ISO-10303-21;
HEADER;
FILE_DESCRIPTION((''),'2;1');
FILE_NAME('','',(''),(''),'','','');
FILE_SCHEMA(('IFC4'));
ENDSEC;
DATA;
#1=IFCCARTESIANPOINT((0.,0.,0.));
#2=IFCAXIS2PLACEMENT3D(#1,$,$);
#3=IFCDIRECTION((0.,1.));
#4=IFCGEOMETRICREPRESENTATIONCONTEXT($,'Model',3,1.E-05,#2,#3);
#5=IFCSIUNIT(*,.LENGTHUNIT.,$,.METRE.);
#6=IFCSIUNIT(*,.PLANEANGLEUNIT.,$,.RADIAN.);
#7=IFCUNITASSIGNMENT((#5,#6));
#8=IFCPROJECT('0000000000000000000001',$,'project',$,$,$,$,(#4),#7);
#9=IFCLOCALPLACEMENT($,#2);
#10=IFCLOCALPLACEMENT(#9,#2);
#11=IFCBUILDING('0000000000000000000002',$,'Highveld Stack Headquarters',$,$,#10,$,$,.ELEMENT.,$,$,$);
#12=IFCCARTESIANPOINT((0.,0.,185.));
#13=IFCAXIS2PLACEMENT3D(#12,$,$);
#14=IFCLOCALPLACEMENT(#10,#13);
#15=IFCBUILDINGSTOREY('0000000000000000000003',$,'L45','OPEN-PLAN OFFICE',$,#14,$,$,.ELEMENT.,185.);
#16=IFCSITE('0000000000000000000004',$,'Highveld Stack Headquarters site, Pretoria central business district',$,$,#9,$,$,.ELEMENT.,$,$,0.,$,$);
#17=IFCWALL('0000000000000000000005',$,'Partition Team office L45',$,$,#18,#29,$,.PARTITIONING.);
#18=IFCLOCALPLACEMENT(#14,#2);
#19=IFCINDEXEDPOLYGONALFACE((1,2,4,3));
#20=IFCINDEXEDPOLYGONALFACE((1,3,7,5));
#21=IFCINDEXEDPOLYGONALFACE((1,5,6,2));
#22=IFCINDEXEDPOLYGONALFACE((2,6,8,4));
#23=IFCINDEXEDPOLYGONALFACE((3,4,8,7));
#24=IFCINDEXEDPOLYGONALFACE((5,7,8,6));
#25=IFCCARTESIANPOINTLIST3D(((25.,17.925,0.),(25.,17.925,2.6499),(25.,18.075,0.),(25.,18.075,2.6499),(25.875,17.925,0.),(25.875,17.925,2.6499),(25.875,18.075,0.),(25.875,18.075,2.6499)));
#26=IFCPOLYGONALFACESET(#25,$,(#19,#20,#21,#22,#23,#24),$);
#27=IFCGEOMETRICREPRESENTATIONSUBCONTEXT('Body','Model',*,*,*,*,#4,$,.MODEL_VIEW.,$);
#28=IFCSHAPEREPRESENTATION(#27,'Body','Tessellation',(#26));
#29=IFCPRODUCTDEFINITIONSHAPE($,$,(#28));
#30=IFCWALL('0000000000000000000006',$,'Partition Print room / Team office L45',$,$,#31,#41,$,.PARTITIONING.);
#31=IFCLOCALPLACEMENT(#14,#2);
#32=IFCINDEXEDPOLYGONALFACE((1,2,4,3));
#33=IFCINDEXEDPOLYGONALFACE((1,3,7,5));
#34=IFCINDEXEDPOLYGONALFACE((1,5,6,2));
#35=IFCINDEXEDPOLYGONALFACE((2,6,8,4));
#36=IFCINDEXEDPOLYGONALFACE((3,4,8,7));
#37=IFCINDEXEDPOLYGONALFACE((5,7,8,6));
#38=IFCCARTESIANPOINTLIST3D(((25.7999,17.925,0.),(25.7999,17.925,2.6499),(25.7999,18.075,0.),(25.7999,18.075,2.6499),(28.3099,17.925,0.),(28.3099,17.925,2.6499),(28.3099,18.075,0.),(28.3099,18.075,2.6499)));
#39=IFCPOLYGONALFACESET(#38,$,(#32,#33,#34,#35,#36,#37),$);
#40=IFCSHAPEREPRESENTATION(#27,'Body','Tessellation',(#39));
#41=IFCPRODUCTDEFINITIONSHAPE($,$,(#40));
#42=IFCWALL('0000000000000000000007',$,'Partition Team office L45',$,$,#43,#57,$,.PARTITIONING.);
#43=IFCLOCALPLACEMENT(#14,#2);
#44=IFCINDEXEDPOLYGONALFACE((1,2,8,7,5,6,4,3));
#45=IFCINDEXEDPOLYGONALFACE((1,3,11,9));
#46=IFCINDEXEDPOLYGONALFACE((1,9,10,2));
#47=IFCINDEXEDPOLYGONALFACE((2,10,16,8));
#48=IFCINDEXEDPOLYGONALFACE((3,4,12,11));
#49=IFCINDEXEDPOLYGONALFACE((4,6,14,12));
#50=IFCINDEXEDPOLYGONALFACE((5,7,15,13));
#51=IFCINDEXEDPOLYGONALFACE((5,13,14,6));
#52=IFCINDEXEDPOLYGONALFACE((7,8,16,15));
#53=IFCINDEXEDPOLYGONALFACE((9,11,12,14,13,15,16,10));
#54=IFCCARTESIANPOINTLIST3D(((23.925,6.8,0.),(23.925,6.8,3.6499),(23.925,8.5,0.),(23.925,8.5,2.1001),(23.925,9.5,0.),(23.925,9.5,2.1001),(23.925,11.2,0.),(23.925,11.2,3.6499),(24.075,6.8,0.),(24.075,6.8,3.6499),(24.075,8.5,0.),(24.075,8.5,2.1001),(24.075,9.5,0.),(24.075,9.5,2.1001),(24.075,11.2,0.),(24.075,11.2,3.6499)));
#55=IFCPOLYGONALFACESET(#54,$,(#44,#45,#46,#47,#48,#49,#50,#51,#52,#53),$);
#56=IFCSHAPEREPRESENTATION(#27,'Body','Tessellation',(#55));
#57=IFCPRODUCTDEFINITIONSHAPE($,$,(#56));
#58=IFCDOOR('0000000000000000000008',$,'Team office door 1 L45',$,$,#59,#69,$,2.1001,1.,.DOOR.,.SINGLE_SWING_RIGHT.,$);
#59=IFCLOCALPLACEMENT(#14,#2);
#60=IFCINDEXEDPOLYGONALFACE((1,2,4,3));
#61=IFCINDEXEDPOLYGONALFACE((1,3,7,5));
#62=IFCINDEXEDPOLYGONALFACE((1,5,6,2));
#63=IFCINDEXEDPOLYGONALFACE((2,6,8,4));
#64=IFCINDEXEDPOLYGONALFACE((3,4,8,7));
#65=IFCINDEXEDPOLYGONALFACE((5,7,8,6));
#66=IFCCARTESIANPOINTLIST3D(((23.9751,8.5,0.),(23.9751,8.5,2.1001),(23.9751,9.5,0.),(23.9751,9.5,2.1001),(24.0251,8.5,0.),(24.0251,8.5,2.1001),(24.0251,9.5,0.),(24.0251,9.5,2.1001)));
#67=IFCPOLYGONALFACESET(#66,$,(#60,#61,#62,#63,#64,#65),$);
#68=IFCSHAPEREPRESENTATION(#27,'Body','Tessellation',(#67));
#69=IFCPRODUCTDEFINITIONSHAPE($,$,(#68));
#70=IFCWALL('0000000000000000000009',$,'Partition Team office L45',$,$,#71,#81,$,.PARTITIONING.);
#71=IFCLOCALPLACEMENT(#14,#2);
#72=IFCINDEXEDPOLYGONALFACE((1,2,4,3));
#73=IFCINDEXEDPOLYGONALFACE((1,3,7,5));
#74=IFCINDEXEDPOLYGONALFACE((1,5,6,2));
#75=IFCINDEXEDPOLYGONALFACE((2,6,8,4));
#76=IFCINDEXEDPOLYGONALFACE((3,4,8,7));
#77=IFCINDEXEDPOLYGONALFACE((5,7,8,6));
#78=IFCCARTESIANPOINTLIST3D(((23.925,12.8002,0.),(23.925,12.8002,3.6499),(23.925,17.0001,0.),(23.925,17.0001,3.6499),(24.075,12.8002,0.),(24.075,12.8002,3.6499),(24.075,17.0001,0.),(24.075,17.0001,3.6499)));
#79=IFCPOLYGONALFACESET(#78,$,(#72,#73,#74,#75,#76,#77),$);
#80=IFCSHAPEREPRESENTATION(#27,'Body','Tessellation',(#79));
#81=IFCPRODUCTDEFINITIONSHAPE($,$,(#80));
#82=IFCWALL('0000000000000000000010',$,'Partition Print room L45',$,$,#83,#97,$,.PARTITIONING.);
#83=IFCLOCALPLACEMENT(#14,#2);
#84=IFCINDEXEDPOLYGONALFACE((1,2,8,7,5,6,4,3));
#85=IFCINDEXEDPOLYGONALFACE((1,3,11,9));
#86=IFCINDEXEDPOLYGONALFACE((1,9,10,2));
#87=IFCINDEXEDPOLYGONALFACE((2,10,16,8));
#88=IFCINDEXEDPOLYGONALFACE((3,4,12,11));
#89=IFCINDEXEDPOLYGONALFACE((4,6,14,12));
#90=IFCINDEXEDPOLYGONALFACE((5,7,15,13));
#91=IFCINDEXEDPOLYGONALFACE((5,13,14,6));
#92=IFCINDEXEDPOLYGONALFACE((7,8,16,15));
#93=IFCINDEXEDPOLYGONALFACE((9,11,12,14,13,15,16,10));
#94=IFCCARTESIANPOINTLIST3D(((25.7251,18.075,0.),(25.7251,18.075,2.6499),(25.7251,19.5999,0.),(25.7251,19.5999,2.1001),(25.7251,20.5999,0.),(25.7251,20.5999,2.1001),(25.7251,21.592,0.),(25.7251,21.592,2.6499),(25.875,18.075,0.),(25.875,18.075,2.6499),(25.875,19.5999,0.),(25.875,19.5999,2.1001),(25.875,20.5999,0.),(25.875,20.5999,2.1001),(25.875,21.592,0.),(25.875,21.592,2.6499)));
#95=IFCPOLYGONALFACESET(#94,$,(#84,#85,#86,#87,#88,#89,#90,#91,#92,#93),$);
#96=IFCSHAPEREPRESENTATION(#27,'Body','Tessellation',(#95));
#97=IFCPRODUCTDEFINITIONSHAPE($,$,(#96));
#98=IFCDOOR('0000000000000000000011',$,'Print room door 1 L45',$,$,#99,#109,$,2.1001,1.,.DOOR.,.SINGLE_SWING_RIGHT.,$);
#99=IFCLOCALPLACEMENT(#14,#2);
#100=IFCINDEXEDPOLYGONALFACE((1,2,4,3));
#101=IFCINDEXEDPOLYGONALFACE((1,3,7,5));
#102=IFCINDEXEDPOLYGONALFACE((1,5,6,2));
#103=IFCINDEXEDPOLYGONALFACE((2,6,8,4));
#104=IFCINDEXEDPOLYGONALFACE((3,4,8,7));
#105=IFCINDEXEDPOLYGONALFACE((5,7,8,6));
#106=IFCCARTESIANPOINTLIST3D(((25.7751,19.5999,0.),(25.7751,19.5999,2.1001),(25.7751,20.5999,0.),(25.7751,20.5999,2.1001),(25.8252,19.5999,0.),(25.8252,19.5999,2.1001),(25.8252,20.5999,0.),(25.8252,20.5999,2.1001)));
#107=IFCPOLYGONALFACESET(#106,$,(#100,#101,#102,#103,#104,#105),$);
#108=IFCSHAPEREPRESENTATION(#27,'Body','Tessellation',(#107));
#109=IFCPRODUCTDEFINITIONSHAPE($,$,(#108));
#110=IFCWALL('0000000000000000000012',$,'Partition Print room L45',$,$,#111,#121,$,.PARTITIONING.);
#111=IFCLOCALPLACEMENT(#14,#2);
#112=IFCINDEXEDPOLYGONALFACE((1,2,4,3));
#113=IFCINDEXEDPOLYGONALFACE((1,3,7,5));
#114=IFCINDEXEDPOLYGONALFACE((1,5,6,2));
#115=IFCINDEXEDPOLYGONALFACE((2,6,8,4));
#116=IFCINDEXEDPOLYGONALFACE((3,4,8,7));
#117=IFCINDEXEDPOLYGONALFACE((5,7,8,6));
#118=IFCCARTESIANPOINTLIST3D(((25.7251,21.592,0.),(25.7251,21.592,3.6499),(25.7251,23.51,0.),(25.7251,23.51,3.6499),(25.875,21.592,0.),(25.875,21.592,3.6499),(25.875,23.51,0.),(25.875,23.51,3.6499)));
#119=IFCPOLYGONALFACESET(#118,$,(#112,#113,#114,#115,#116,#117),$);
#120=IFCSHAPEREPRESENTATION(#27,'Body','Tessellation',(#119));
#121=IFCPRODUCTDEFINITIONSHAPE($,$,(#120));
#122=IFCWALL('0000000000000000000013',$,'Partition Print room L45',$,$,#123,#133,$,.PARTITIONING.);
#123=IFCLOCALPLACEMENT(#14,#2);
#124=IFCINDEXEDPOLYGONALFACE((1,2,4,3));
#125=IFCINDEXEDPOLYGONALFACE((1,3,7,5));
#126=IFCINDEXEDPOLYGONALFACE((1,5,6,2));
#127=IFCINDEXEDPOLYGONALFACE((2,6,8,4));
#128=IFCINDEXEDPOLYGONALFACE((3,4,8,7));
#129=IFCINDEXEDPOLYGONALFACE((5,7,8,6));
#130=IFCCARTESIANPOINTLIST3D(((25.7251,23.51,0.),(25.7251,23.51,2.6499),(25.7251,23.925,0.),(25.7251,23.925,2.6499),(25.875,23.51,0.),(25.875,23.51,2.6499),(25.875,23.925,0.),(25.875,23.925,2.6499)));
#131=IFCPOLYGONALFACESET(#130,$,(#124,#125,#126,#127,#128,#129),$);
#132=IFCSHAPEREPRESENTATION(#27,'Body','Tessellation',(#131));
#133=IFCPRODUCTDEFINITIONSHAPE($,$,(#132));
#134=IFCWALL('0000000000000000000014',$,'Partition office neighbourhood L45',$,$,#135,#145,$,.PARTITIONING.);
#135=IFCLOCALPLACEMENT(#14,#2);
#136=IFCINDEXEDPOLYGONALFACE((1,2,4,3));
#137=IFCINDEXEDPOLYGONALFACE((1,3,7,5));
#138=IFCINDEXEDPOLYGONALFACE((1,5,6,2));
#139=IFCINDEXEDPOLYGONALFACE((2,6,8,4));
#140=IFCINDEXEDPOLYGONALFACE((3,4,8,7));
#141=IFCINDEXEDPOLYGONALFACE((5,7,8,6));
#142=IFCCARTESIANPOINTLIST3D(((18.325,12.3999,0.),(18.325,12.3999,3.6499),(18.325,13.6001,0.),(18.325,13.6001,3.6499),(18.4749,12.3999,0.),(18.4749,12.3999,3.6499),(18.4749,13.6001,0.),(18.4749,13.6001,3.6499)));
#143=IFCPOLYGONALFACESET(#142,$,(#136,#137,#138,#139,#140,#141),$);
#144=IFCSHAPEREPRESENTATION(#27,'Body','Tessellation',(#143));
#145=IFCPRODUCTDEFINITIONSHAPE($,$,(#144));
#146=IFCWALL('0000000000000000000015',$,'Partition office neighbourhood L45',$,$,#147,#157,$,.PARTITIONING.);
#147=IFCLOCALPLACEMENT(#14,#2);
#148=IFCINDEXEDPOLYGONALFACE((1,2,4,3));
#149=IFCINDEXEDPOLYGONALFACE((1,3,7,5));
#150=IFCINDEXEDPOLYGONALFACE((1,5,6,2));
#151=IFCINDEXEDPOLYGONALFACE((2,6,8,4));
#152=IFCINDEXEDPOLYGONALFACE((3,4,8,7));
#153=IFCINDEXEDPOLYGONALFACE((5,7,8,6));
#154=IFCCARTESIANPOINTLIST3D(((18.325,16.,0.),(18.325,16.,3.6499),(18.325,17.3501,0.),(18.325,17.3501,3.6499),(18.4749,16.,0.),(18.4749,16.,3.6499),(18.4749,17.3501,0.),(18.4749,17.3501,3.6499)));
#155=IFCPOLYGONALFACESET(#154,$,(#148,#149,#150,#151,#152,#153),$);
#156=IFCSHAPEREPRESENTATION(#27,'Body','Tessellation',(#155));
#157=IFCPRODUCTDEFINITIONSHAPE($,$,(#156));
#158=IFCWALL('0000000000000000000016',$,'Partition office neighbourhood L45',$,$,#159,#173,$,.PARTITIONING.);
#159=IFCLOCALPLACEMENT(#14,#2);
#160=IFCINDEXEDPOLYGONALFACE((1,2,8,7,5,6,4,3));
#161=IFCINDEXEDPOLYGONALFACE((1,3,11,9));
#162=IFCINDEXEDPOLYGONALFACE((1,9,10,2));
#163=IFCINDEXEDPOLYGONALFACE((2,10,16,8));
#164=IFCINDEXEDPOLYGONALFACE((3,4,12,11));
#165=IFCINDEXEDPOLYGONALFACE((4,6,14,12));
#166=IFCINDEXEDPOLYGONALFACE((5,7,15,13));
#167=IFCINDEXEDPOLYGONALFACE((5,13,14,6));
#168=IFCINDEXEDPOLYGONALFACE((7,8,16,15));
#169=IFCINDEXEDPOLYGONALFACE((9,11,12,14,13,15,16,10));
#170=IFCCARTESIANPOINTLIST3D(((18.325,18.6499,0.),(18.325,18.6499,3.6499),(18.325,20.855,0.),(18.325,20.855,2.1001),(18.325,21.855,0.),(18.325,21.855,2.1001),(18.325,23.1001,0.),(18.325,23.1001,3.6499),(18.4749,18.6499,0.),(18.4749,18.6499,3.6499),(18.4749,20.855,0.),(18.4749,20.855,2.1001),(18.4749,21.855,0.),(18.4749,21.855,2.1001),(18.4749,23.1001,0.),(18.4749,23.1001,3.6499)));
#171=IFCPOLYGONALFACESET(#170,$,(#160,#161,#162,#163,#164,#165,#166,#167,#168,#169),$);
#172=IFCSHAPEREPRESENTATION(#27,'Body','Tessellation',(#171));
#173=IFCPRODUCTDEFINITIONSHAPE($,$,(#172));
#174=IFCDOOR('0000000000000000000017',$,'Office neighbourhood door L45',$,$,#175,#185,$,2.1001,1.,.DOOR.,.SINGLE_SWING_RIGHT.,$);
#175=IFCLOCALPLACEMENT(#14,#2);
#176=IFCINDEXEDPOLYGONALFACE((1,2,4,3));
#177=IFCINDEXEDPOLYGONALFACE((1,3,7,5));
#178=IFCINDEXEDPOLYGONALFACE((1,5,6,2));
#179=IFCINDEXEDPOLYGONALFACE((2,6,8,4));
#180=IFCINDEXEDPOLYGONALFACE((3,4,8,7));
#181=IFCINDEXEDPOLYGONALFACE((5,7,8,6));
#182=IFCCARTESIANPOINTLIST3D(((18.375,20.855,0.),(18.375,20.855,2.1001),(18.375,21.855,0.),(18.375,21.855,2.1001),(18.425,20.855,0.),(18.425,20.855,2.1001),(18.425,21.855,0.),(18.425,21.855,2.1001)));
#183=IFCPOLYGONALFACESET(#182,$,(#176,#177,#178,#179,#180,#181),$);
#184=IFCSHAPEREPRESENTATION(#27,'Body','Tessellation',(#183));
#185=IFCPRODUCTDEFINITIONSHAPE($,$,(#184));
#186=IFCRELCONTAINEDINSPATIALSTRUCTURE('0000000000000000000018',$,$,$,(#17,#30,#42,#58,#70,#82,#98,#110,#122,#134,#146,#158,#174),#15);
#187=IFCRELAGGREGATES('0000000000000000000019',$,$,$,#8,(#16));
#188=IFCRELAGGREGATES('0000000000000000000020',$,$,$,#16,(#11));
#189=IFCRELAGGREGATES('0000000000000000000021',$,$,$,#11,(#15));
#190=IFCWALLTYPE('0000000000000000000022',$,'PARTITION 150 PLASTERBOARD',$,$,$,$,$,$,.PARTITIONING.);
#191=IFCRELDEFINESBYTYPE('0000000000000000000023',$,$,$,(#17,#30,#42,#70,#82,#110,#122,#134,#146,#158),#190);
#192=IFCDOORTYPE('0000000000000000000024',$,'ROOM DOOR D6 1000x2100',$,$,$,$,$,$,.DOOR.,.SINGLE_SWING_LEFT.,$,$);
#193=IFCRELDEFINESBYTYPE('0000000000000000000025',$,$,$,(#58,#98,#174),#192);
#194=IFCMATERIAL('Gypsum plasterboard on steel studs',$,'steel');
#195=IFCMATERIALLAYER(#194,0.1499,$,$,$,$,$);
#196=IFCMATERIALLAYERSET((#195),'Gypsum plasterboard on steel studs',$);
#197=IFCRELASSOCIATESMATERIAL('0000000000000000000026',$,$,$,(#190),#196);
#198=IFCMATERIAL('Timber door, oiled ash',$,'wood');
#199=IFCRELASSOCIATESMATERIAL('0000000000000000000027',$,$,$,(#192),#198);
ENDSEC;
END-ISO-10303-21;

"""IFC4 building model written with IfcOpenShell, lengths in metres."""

from ifc_helpers import new_model, si_unit, direction, frame, frame_2d, origin, place, context, subcontext, project, spatial, rectangle, extrude, material, layer, layer_set, type_object, element, fill, save


model = new_model("IFC4")

# Units and contexts
model_context = context("Model", 3, precision=1e-05, world=origin(), true_north=direction((0.0, 1.0)))
body_context = subcontext(model_context, "Body", "Model", "MODEL_VIEW")
ifc_project = project(units=[si_unit("LENGTHUNIT", "METRE"), si_unit("PLANEANGLEUNIT", "RADIAN")], contexts=[model_context])

# Site, building, storey
site_placement = place(None, origin())
site = spatial("IfcSite", under=ifc_project, at=site_placement, Name="Highveld Stack Headquarters site, Pretoria central business district", CompositionType="ELEMENT", RefElevation=0.0)
building_placement = place(site_placement, origin())
building = spatial("IfcBuilding", under=site, at=building_placement, Name="Highveld Stack Headquarters", CompositionType="ELEMENT")
storey_placement = place(building_placement, frame((0.0, 0.0, 185.0)))
storey = spatial("IfcBuildingStorey", under=building, at=storey_placement, Name="L45", Description="OPEN-PLAN OFFICE", CompositionType="ELEMENT", Elevation=185.0)

# Walls
ifc_material_1 = material(Name="Gypsum plasterboard on steel studs", Category="steel")
ifc_layer_1 = layer(ifc_material_1, 0.1499)
ifc_layer_set_1 = layer_set([ifc_layer_1], Name="Gypsum plasterboard on steel studs")
wall_type_1 = type_object("IfcWallType", Name="PARTITION 150 PLASTERBOARD", PredefinedType="PARTITIONING", material=ifc_layer_set_1)
wall_1_placement = place(storey_placement, frame((25.0, 18.0, 0.0), z_axis=(0.0, 0.0, 1.0), x_axis=(1.0, 0.0, 0.0)))
element("IfcWall", 1, at=wall_1_placement, inside=storey, type_object=wall_type_1, Name="Partition Team office L45", PredefinedType="PARTITIONING", context=body_context, shape_type="SweptSolid", body=[
    extrude(rectangle(XDim=0.875, YDim=0.1499, at=frame_2d((0.4375, 0.0))), origin(), (0.0, 0.0, 1.0), 2.6499),
])
wall_2_placement = place(storey_placement, frame((25.8, 18.0, 0.0), z_axis=(0.0, 0.0, 1.0), x_axis=(1.0, 0.0, 0.0)))
element("IfcWall", 2, at=wall_2_placement, inside=storey, type_object=wall_type_1, Name="Partition Print room / Team office L45", PredefinedType="PARTITIONING", context=body_context, shape_type="SweptSolid", body=[
    extrude(rectangle(XDim=2.51, YDim=0.1499, at=frame_2d((1.2549, 0.0))), origin(), (0.0, 0.0, 1.0), 2.6499),
])

# Wall, opening, door
wall_3_placement = place(storey_placement, frame((24.0, 6.8, 0.0), z_axis=(0.0, 0.0, 1.0), x_axis=(0.0, 1.0, 0.0)))
wall_3 = element("IfcWall", 3, at=wall_3_placement, inside=storey, type_object=wall_type_1, Name="Partition Team office L45", PredefinedType="PARTITIONING", context=body_context, shape_type="SweptSolid", body=[
    extrude(rectangle(XDim=4.3999, YDim=0.1499, at=frame_2d((2.2, 0.0))), origin(), (0.0, 0.0, 1.0), 3.6499),
])
opening_1_placement = place(wall_3_placement, frame((1.7, 0.0, 0.0)))
opening_1 = element("IfcOpeningElement", 4, at=opening_1_placement, cuts=wall_3, PredefinedType="OPENING", context=body_context, shape_type="SweptSolid", body=[
    extrude(rectangle(XDim=1.0, YDim=2.1001, at=frame_2d((0.5, 1.05))), frame((0.0, 0.085, 0.0), z_axis=(0.0, -1.0, 0.0), x_axis=(1.0, 0.0, 0.0)), (0.0, 0.0, 1.0), 0.1699),
])
ifc_material_2 = material(Name="Timber door, oiled ash", Category="wood")
door_type = type_object("IfcDoorType", Name="ROOM DOOR D6 1000x2100", OperationType="SINGLE_SWING_LEFT", PredefinedType="DOOR", material=ifc_material_2)
door_1_placement = place(opening_1_placement, origin())
door_1 = element("IfcDoor", 5, at=door_1_placement, inside=storey, type_object=door_type, Name="Team office door 1 L45", OperationType="SINGLE_SWING_RIGHT", OverallHeight=2.1001, OverallWidth=1.0, PredefinedType="DOOR", context=body_context, shape_type="SweptSolid", body=[
    extrude(rectangle(XDim=1.0, YDim=2.1001, at=frame_2d((0.5, 1.05))), frame((0.0, 0.0249, 0.0), z_axis=(0.0, -1.0, 0.0), x_axis=(1.0, 0.0, 0.0)), (0.0, 0.0, 1.0), 0.05),
])
fill(opening_1, door_1)

# Wall
wall_4_placement = place(storey_placement, frame((24.0, 12.8, 0.0), z_axis=(0.0, 0.0, 1.0), x_axis=(0.0, 1.0, 0.0)))
element("IfcWall", 6, at=wall_4_placement, inside=storey, type_object=wall_type_1, Name="Partition Team office L45", PredefinedType="PARTITIONING", context=body_context, shape_type="SweptSolid", body=[
    extrude(rectangle(XDim=4.2, YDim=0.1499, at=frame_2d((2.1001, 0.0))), origin(), (0.0, 0.0, 1.0), 3.6499),
])

# Wall, opening, door
wall_5_placement = place(storey_placement, frame((25.8, 18.075, 0.0), z_axis=(0.0, 0.0, 1.0), x_axis=(0.0, 1.0, 0.0)))
wall_5 = element("IfcWall", 7, at=wall_5_placement, inside=storey, type_object=wall_type_1, Name="Partition Print room L45", PredefinedType="PARTITIONING", context=body_context, shape_type="SweptSolid", body=[
    extrude(rectangle(XDim=3.5171, YDim=0.1499, at=frame_2d((1.7585, 0.0))), origin(), (0.0, 0.0, 1.0), 2.6499),
])
opening_2_placement = place(wall_5_placement, frame((1.5249, 0.0, 0.0)))
opening_2 = element("IfcOpeningElement", 8, at=opening_2_placement, cuts=wall_5, PredefinedType="OPENING", context=body_context, shape_type="SweptSolid", body=[
    extrude(rectangle(XDim=1.0, YDim=2.1001, at=frame_2d((0.5, 1.05))), frame((0.0, 0.085, 0.0), z_axis=(0.0, -1.0, 0.0), x_axis=(1.0, 0.0, 0.0)), (0.0, 0.0, 1.0), 0.1699),
])
door_2_placement = place(opening_2_placement, origin())
door_2 = element("IfcDoor", 9, at=door_2_placement, inside=storey, type_object=door_type, Name="Print room door 1 L45", OperationType="SINGLE_SWING_RIGHT", OverallHeight=2.1001, OverallWidth=1.0, PredefinedType="DOOR", context=body_context, shape_type="SweptSolid", body=[
    extrude(rectangle(XDim=1.0, YDim=2.1001, at=frame_2d((0.5, 1.05))), frame((0.0, 0.0249, 0.0), z_axis=(0.0, -1.0, 0.0), x_axis=(1.0, 0.0, 0.0)), (0.0, 0.0, 1.0), 0.05),
])
fill(opening_2, door_2)

# Walls
wall_6_placement = place(storey_placement, frame((25.8, 21.592, 0.0), z_axis=(0.0, 0.0, 1.0), x_axis=(0.0, 1.0, 0.0)))
element("IfcWall", 10, at=wall_6_placement, inside=storey, type_object=wall_type_1, Name="Partition Print room L45", PredefinedType="PARTITIONING", context=body_context, shape_type="SweptSolid", body=[
    extrude(rectangle(XDim=1.918, YDim=0.1499, at=frame_2d((0.959, 0.0))), origin(), (0.0, 0.0, 1.0), 3.6499),
])
wall_7_placement = place(storey_placement, frame((25.8, 23.51, 0.0), z_axis=(0.0, 0.0, 1.0), x_axis=(0.0, 1.0, 0.0)))
element("IfcWall", 11, at=wall_7_placement, inside=storey, type_object=wall_type_1, Name="Partition Print room L45", PredefinedType="PARTITIONING", context=body_context, shape_type="SweptSolid", body=[
    extrude(rectangle(XDim=0.415, YDim=0.1499, at=frame_2d((0.2075, 0.0))), origin(), (0.0, 0.0, 1.0), 2.6499),
])
wall_8_placement = place(storey_placement, frame((18.3999, 12.3999, 0.0), z_axis=(0.0, 0.0, 1.0), x_axis=(0.0, 1.0, 0.0)))
element("IfcWall", 12, at=wall_8_placement, inside=storey, type_object=wall_type_1, Name="Partition office neighbourhood L45", PredefinedType="PARTITIONING", context=body_context, shape_type="SweptSolid", body=[
    extrude(rectangle(XDim=1.2002, YDim=0.1499, at=frame_2d((0.6001, 0.0))), origin(), (0.0, 0.0, 1.0), 3.6499),
])
wall_9_placement = place(storey_placement, frame((18.3999, 16.0, 0.0), z_axis=(0.0, 0.0, 1.0), x_axis=(0.0, 1.0, 0.0)))
element("IfcWall", 13, at=wall_9_placement, inside=storey, type_object=wall_type_1, Name="Partition office neighbourhood L45", PredefinedType="PARTITIONING", context=body_context, shape_type="SweptSolid", body=[
    extrude(rectangle(XDim=1.3501, YDim=0.1499, at=frame_2d((0.675, 0.0))), origin(), (0.0, 0.0, 1.0), 3.6499),
])

# Wall, opening, door
wall_10_placement = place(storey_placement, frame((18.3999, 18.6499, 0.0), z_axis=(0.0, 0.0, 1.0), x_axis=(0.0, 1.0, 0.0)))
wall_10 = element("IfcWall", 14, at=wall_10_placement, inside=storey, type_object=wall_type_1, Name="Partition office neighbourhood L45", PredefinedType="PARTITIONING", context=body_context, shape_type="SweptSolid", body=[
    extrude(rectangle(XDim=4.4502, YDim=0.1499, at=frame_2d((2.2251, 0.0))), origin(), (0.0, 0.0, 1.0), 3.6499),
])
opening_3_placement = place(wall_10_placement, frame((2.2051, 0.0, 0.0)))
opening_3 = element("IfcOpeningElement", 15, at=opening_3_placement, cuts=wall_10, PredefinedType="OPENING", context=body_context, shape_type="SweptSolid", body=[
    extrude(rectangle(XDim=1.0, YDim=2.1001, at=frame_2d((0.5, 1.05))), frame((0.0, 0.085, 0.0), z_axis=(0.0, -1.0, 0.0), x_axis=(1.0, 0.0, 0.0)), (0.0, 0.0, 1.0), 0.1699),
])
door_3_placement = place(opening_3_placement, origin())
door_3 = element("IfcDoor", 16, at=door_3_placement, inside=storey, type_object=door_type, Name="Office neighbourhood door L45", OperationType="SINGLE_SWING_RIGHT", OverallHeight=2.1001, OverallWidth=1.0, PredefinedType="DOOR", context=body_context, shape_type="SweptSolid", body=[
    extrude(rectangle(XDim=1.0, YDim=2.1001, at=frame_2d((0.5, 1.05))), frame((0.0, 0.0249, 0.0), z_axis=(0.0, -1.0, 0.0), x_axis=(1.0, 0.0, 0.0)), (0.0, 0.0, 1.0), 0.05),
])
fill(opening_3, door_3)

save(model, "model.ifc")
